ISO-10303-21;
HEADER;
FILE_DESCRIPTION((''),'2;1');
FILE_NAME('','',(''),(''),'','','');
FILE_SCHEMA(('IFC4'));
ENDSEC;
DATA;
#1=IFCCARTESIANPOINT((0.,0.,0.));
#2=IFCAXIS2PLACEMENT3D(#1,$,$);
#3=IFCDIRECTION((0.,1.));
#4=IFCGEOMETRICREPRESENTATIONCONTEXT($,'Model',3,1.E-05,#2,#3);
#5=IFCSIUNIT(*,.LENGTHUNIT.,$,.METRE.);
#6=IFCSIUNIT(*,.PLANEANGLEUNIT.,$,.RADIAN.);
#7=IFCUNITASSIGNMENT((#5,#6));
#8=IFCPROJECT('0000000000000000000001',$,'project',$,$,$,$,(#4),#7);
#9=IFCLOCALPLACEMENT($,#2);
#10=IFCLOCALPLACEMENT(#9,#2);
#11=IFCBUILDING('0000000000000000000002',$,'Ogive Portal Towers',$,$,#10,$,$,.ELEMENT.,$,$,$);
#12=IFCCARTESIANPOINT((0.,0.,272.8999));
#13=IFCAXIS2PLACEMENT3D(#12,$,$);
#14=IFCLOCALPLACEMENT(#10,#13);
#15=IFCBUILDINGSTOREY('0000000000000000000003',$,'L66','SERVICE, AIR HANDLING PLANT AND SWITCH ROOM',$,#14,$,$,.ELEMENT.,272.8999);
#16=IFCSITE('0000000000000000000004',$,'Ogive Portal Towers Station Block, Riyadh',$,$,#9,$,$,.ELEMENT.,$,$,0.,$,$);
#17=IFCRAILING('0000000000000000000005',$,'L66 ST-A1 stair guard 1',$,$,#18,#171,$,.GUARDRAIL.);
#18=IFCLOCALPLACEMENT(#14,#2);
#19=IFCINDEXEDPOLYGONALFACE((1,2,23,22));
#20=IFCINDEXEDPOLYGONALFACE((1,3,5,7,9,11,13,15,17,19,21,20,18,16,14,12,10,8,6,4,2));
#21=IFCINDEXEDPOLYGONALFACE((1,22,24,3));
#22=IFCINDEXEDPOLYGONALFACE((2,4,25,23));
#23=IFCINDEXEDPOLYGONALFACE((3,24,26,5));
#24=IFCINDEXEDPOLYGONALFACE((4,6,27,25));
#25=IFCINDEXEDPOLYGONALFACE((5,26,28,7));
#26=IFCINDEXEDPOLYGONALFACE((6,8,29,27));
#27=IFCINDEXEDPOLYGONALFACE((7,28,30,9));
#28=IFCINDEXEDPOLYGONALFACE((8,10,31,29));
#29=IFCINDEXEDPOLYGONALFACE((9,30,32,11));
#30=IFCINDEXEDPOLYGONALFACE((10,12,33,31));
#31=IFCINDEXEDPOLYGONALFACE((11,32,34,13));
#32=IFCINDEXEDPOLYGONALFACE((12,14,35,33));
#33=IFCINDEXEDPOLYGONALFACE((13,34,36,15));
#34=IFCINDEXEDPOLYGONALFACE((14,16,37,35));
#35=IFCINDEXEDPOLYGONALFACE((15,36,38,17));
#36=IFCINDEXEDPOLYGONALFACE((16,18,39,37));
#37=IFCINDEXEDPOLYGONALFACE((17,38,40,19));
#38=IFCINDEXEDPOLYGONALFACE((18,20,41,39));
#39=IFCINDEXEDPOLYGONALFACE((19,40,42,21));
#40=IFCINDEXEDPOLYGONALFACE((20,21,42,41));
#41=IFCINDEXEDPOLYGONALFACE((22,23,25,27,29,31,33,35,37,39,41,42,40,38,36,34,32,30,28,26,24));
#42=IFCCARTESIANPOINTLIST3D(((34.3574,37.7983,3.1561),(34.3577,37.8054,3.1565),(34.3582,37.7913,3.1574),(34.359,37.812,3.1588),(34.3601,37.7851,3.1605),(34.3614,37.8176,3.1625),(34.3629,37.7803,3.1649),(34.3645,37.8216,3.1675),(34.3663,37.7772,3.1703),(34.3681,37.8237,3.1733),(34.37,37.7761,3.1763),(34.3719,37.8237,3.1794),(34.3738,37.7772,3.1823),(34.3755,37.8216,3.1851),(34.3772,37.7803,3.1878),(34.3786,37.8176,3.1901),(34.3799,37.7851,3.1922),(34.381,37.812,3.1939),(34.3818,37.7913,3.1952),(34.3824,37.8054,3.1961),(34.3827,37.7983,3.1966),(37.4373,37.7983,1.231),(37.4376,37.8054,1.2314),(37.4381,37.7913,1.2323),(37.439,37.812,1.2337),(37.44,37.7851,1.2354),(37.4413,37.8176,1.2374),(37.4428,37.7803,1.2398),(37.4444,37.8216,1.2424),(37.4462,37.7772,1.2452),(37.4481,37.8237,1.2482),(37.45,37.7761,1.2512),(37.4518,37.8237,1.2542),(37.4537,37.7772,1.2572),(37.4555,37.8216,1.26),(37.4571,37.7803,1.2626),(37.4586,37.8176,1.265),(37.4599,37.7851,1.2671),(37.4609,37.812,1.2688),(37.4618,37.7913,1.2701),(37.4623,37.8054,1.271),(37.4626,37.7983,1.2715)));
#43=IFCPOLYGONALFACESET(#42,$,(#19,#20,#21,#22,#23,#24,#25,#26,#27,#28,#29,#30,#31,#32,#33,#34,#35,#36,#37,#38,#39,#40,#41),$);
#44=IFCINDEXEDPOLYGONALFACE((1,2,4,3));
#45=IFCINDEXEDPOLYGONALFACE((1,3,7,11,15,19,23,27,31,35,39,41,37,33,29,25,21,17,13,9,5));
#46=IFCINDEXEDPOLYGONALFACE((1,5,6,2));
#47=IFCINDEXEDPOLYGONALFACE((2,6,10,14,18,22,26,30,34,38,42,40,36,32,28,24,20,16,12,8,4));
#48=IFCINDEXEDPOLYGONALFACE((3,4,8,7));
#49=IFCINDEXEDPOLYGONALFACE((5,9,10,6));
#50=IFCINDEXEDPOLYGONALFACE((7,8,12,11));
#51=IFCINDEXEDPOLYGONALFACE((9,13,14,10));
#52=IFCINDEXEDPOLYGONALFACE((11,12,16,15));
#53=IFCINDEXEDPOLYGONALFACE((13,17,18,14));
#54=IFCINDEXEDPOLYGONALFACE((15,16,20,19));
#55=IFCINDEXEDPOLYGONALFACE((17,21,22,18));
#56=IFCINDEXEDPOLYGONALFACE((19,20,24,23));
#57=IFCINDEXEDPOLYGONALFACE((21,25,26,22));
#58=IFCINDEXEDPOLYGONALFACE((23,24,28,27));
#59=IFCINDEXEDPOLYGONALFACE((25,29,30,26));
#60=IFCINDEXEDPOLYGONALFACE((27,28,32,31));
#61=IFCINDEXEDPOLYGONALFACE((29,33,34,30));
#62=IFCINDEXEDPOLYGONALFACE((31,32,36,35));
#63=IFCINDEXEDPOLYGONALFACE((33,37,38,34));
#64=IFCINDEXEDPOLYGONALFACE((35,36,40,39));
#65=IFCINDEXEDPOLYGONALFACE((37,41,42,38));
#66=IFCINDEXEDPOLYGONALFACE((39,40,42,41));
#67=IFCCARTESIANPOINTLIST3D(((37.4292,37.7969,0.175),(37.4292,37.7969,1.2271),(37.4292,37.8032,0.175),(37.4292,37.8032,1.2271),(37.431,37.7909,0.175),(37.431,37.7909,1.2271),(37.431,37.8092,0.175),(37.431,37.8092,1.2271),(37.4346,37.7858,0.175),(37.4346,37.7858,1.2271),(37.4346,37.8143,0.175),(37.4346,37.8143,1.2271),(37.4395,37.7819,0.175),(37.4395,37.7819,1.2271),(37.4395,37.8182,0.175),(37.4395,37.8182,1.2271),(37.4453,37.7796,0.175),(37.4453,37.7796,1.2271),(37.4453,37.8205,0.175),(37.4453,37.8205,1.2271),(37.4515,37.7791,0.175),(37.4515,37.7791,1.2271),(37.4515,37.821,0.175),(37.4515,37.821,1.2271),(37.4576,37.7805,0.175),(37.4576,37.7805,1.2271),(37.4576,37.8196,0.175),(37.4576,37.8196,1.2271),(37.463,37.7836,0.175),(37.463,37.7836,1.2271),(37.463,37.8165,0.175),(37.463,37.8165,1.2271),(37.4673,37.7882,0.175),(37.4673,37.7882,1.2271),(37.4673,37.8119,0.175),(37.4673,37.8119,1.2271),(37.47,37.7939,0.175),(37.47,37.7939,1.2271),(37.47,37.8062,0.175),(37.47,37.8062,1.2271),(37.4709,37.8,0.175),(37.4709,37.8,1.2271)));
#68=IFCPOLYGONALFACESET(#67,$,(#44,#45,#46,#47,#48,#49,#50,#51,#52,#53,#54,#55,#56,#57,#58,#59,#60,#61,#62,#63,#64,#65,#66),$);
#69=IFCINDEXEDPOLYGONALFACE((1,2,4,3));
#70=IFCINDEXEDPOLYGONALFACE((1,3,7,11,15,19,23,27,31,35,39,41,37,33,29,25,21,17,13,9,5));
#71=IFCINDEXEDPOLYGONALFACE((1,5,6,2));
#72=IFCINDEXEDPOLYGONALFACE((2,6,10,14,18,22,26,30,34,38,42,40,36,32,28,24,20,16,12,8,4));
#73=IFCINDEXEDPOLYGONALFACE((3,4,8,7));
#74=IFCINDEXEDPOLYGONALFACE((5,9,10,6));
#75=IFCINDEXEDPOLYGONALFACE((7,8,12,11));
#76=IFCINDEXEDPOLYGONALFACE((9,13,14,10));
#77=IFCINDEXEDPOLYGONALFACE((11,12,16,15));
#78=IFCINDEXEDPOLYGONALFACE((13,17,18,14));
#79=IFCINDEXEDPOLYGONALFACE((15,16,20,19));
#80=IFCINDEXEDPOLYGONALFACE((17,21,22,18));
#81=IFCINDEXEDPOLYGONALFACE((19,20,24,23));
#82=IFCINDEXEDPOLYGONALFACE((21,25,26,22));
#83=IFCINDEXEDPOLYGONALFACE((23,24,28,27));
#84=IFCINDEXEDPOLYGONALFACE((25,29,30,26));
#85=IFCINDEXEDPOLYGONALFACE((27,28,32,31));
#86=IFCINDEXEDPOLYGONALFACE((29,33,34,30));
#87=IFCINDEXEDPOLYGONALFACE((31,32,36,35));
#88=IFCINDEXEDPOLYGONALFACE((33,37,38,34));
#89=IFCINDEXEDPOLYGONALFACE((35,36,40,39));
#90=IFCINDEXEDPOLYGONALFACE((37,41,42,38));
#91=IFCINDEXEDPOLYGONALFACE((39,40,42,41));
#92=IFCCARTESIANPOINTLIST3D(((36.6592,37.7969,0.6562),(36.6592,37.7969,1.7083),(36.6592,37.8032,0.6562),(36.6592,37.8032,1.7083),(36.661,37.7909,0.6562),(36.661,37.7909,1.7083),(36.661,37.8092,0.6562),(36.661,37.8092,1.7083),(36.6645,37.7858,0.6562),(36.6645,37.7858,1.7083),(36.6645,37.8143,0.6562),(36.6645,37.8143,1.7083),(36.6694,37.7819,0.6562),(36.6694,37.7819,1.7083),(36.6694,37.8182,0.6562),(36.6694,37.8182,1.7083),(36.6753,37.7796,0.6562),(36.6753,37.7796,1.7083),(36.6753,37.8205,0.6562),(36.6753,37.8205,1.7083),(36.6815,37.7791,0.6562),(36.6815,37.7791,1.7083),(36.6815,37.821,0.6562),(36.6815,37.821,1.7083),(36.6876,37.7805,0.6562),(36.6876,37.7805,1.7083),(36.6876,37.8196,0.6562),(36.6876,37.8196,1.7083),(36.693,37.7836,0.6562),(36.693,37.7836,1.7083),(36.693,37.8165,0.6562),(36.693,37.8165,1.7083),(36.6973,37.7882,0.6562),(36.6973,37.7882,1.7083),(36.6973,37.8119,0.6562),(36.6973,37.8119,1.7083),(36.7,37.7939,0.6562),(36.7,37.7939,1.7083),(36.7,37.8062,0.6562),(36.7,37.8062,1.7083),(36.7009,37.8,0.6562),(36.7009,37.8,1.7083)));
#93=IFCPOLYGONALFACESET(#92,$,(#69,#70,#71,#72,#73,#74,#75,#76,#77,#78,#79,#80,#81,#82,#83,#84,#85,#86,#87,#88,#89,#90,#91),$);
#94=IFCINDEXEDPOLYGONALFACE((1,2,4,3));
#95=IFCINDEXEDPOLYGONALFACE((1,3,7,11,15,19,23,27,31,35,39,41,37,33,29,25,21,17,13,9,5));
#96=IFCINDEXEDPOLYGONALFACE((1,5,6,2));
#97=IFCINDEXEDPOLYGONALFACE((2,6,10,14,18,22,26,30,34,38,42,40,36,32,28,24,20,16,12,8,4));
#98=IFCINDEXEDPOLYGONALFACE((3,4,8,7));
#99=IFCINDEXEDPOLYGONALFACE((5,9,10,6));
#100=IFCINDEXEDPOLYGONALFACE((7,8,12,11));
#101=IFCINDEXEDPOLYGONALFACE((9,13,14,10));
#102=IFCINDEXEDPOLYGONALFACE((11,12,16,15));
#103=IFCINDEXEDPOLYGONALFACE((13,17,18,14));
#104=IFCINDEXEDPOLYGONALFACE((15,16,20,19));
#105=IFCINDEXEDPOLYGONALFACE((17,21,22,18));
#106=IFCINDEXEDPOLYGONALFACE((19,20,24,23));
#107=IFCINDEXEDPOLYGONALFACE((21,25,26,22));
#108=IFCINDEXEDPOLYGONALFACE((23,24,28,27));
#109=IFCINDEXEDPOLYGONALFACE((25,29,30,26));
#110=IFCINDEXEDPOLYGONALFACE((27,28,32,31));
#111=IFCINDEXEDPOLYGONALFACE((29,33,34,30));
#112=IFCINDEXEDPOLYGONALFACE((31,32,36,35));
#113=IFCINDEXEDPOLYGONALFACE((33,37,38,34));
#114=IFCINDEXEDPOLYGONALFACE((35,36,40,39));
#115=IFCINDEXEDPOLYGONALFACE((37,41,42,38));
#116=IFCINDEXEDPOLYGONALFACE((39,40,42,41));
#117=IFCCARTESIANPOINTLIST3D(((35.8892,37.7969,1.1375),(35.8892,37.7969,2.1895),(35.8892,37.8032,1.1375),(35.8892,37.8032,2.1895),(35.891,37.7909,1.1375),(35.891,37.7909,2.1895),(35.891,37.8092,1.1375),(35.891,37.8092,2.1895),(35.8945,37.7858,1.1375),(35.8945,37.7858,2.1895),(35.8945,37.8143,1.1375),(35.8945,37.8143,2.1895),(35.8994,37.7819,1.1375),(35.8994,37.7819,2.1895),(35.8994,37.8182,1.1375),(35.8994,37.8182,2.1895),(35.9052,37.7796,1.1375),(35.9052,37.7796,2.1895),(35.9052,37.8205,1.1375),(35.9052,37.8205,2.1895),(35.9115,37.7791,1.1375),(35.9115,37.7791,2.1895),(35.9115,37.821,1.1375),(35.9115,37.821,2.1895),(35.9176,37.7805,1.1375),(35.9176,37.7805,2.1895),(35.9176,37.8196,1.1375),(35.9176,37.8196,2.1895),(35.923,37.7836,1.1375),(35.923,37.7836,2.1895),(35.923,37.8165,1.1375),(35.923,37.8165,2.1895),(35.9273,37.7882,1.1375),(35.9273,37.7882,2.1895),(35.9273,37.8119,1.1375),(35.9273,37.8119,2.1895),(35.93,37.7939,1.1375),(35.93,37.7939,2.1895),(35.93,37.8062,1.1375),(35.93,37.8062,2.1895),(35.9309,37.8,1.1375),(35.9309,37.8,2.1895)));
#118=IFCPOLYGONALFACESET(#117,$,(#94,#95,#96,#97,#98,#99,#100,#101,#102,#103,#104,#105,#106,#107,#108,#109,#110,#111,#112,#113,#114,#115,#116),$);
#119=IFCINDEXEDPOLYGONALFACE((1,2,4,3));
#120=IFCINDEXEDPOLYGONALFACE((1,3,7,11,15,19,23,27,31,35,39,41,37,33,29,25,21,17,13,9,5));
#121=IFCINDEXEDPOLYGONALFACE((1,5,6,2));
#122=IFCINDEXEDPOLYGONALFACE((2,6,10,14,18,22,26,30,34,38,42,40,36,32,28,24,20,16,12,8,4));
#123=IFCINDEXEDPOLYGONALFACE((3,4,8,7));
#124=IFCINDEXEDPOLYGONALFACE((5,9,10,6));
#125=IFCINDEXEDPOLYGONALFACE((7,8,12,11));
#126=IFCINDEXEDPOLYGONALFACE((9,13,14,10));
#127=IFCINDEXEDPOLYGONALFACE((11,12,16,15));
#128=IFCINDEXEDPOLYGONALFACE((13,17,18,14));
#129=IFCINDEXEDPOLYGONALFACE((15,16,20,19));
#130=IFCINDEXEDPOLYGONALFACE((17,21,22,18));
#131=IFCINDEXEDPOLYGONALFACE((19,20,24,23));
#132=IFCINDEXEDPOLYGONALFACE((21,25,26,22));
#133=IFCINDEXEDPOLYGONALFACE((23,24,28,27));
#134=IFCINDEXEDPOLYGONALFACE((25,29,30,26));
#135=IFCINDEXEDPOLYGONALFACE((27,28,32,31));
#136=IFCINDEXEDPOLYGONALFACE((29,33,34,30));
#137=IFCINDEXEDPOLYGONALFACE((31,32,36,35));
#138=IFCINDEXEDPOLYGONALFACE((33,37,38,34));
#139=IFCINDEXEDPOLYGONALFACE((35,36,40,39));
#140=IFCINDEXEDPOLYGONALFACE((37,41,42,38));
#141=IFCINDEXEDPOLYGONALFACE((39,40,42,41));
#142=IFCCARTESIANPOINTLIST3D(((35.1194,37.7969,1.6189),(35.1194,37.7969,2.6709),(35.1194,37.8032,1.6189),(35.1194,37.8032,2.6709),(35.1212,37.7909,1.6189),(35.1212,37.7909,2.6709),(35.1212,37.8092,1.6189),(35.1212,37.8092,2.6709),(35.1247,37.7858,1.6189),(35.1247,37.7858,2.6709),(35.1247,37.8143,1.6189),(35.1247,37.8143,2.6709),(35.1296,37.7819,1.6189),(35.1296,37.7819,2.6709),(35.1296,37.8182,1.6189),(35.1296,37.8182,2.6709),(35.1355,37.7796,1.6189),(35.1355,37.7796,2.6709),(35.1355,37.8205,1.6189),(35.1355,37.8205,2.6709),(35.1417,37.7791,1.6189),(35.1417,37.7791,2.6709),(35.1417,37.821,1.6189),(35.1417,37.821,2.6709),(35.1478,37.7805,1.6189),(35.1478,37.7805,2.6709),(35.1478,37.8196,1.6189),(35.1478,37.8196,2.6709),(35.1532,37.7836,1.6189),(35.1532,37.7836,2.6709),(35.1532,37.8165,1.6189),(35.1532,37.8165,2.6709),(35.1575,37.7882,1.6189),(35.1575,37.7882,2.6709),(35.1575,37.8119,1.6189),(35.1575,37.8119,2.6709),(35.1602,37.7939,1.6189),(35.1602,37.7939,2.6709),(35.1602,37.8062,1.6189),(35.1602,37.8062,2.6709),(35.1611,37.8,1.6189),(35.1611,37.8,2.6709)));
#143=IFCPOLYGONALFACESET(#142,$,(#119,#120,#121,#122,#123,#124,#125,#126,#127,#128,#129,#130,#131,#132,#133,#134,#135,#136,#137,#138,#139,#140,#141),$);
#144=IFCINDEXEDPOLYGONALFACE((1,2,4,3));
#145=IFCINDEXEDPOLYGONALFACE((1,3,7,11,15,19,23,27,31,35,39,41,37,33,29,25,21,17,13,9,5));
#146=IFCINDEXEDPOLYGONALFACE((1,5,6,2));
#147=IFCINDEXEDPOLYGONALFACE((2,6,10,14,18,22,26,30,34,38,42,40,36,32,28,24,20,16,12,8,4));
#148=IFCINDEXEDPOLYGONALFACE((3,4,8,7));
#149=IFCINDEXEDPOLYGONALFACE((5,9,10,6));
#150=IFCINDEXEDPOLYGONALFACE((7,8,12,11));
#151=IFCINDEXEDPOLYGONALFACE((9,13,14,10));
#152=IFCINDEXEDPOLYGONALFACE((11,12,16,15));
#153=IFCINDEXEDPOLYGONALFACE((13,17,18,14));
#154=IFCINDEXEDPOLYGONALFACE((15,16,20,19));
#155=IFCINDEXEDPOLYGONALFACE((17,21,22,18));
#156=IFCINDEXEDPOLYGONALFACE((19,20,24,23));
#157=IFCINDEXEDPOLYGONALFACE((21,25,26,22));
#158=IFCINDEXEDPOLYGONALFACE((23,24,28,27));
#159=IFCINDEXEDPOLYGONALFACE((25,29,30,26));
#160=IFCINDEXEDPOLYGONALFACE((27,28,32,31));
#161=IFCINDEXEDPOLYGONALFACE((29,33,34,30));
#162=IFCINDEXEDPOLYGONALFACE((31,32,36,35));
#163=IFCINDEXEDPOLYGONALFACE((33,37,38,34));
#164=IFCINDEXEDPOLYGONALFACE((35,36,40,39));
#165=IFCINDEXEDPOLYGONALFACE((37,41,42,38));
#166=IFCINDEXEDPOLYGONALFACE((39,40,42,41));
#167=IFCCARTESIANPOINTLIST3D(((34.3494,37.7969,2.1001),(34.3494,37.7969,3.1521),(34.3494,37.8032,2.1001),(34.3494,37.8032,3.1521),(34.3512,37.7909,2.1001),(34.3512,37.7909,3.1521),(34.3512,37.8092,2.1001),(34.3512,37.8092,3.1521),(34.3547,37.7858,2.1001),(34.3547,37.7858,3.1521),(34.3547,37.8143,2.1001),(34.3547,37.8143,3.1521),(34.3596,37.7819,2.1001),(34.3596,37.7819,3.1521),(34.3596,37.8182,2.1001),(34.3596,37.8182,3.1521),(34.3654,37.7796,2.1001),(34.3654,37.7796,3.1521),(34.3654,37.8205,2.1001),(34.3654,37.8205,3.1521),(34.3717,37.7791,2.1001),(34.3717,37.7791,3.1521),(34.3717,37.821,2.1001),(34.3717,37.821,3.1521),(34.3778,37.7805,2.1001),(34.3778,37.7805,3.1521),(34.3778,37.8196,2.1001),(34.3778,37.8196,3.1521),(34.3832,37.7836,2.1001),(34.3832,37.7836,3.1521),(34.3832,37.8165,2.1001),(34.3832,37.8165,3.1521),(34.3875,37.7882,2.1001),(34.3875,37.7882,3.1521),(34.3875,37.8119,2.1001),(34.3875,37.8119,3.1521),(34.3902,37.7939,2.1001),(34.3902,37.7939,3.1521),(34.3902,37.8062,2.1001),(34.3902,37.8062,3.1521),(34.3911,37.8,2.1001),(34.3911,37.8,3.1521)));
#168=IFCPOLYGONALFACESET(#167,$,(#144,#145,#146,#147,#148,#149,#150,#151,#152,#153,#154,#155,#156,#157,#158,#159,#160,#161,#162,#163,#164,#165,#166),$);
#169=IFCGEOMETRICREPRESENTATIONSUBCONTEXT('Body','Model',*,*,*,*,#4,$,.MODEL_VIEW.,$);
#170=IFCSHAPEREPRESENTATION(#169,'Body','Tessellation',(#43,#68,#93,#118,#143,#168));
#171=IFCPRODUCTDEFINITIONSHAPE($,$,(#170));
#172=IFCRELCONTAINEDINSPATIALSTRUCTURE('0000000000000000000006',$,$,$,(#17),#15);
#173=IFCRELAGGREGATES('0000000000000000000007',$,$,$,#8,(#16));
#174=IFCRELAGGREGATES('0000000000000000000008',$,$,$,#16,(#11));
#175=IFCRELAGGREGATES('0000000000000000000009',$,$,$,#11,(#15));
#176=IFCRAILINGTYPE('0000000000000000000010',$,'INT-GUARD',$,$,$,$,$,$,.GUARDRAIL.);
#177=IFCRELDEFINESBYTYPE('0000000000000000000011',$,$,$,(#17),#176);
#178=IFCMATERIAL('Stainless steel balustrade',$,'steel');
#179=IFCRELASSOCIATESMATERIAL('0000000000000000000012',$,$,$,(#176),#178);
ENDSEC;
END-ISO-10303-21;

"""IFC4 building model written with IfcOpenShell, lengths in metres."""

from ifc_helpers import new_model, si_unit, direction, frame, origin, origin_2d, place, context, subcontext, project, spatial, circle, extrude, material, type_object, element, save


model = new_model("IFC4")

# Units and contexts
model_context = context("Model", 3, precision=1e-05, world=origin(), true_north=direction((0.0, 1.0)))
body_context = subcontext(model_context, "Body", "Model", "MODEL_VIEW")
ifc_project = project(units=[si_unit("LENGTHUNIT", "METRE"), si_unit("PLANEANGLEUNIT", "RADIAN")], contexts=[model_context])

# Site, building, storey
site_placement = place(None, origin())
site = spatial("IfcSite", under=ifc_project, at=site_placement, Name="Ogive Portal Towers Station Block, Riyadh", CompositionType="ELEMENT", RefElevation=0.0)
building_placement = place(site_placement, origin())
building = spatial("IfcBuilding", under=site, at=building_placement, Name="Ogive Portal Towers", CompositionType="ELEMENT")
storey_placement = place(building_placement, frame((0.0, 0.0, 272.8999)))
storey = spatial("IfcBuildingStorey", under=building, at=storey_placement, Name="L66", Description="SERVICE, AIR HANDLING PLANT AND SWITCH ROOM", CompositionType="ELEMENT", Elevation=272.8999)

# Railing
ifc_material_1 = material(Name="Stainless steel balustrade", Category="steel")
railing_type_1 = type_object("IfcRailingType", Name="INT-GUARD", PredefinedType="GUARDRAIL", material=ifc_material_1)
railing_1_placement = place(storey_placement, frame((37.45, 37.8, 0.175)))
element("IfcRailing", 1, at=railing_1_placement, inside=storey, type_object=railing_type_1, Name="L66 ST-A1 stair guard 1", PredefinedType="GUARDRAIL", context=body_context, shape_type="SweptSolid", body=[
    extrude(circle(Radius=0.0239, at=origin_2d()), frame((0.0, 0.0, 1.0762), z_axis=(-0.847979, 0.0, 0.530029), x_axis=(0.0, -1.0, 0.0)), (0.0, 0.0, 1.0), 3.6321),
    extrude(circle(Radius=0.021, at=origin_2d()), origin(), (0.0, 0.0, 1.0), 1.052),
    extrude(circle(Radius=0.021, at=origin_2d()), frame((-0.77, 0.0, 0.4812)), (0.0, 0.0, 1.0), 1.052),
    extrude(circle(Radius=0.021, at=origin_2d()), frame((-1.54, 0.0, 0.9624)), (0.0, 0.0, 1.0), 1.052),
    extrude(circle(Radius=0.021, at=origin_2d()), frame((-2.3098, 0.0, 1.4438)), (0.0, 0.0, 1.0), 1.052),
    extrude(circle(Radius=0.021, at=origin_2d()), frame((-3.0798, 0.0, 1.925)), (0.0, 0.0, 1.0), 1.052),
])

save(model, "model.ifc")
